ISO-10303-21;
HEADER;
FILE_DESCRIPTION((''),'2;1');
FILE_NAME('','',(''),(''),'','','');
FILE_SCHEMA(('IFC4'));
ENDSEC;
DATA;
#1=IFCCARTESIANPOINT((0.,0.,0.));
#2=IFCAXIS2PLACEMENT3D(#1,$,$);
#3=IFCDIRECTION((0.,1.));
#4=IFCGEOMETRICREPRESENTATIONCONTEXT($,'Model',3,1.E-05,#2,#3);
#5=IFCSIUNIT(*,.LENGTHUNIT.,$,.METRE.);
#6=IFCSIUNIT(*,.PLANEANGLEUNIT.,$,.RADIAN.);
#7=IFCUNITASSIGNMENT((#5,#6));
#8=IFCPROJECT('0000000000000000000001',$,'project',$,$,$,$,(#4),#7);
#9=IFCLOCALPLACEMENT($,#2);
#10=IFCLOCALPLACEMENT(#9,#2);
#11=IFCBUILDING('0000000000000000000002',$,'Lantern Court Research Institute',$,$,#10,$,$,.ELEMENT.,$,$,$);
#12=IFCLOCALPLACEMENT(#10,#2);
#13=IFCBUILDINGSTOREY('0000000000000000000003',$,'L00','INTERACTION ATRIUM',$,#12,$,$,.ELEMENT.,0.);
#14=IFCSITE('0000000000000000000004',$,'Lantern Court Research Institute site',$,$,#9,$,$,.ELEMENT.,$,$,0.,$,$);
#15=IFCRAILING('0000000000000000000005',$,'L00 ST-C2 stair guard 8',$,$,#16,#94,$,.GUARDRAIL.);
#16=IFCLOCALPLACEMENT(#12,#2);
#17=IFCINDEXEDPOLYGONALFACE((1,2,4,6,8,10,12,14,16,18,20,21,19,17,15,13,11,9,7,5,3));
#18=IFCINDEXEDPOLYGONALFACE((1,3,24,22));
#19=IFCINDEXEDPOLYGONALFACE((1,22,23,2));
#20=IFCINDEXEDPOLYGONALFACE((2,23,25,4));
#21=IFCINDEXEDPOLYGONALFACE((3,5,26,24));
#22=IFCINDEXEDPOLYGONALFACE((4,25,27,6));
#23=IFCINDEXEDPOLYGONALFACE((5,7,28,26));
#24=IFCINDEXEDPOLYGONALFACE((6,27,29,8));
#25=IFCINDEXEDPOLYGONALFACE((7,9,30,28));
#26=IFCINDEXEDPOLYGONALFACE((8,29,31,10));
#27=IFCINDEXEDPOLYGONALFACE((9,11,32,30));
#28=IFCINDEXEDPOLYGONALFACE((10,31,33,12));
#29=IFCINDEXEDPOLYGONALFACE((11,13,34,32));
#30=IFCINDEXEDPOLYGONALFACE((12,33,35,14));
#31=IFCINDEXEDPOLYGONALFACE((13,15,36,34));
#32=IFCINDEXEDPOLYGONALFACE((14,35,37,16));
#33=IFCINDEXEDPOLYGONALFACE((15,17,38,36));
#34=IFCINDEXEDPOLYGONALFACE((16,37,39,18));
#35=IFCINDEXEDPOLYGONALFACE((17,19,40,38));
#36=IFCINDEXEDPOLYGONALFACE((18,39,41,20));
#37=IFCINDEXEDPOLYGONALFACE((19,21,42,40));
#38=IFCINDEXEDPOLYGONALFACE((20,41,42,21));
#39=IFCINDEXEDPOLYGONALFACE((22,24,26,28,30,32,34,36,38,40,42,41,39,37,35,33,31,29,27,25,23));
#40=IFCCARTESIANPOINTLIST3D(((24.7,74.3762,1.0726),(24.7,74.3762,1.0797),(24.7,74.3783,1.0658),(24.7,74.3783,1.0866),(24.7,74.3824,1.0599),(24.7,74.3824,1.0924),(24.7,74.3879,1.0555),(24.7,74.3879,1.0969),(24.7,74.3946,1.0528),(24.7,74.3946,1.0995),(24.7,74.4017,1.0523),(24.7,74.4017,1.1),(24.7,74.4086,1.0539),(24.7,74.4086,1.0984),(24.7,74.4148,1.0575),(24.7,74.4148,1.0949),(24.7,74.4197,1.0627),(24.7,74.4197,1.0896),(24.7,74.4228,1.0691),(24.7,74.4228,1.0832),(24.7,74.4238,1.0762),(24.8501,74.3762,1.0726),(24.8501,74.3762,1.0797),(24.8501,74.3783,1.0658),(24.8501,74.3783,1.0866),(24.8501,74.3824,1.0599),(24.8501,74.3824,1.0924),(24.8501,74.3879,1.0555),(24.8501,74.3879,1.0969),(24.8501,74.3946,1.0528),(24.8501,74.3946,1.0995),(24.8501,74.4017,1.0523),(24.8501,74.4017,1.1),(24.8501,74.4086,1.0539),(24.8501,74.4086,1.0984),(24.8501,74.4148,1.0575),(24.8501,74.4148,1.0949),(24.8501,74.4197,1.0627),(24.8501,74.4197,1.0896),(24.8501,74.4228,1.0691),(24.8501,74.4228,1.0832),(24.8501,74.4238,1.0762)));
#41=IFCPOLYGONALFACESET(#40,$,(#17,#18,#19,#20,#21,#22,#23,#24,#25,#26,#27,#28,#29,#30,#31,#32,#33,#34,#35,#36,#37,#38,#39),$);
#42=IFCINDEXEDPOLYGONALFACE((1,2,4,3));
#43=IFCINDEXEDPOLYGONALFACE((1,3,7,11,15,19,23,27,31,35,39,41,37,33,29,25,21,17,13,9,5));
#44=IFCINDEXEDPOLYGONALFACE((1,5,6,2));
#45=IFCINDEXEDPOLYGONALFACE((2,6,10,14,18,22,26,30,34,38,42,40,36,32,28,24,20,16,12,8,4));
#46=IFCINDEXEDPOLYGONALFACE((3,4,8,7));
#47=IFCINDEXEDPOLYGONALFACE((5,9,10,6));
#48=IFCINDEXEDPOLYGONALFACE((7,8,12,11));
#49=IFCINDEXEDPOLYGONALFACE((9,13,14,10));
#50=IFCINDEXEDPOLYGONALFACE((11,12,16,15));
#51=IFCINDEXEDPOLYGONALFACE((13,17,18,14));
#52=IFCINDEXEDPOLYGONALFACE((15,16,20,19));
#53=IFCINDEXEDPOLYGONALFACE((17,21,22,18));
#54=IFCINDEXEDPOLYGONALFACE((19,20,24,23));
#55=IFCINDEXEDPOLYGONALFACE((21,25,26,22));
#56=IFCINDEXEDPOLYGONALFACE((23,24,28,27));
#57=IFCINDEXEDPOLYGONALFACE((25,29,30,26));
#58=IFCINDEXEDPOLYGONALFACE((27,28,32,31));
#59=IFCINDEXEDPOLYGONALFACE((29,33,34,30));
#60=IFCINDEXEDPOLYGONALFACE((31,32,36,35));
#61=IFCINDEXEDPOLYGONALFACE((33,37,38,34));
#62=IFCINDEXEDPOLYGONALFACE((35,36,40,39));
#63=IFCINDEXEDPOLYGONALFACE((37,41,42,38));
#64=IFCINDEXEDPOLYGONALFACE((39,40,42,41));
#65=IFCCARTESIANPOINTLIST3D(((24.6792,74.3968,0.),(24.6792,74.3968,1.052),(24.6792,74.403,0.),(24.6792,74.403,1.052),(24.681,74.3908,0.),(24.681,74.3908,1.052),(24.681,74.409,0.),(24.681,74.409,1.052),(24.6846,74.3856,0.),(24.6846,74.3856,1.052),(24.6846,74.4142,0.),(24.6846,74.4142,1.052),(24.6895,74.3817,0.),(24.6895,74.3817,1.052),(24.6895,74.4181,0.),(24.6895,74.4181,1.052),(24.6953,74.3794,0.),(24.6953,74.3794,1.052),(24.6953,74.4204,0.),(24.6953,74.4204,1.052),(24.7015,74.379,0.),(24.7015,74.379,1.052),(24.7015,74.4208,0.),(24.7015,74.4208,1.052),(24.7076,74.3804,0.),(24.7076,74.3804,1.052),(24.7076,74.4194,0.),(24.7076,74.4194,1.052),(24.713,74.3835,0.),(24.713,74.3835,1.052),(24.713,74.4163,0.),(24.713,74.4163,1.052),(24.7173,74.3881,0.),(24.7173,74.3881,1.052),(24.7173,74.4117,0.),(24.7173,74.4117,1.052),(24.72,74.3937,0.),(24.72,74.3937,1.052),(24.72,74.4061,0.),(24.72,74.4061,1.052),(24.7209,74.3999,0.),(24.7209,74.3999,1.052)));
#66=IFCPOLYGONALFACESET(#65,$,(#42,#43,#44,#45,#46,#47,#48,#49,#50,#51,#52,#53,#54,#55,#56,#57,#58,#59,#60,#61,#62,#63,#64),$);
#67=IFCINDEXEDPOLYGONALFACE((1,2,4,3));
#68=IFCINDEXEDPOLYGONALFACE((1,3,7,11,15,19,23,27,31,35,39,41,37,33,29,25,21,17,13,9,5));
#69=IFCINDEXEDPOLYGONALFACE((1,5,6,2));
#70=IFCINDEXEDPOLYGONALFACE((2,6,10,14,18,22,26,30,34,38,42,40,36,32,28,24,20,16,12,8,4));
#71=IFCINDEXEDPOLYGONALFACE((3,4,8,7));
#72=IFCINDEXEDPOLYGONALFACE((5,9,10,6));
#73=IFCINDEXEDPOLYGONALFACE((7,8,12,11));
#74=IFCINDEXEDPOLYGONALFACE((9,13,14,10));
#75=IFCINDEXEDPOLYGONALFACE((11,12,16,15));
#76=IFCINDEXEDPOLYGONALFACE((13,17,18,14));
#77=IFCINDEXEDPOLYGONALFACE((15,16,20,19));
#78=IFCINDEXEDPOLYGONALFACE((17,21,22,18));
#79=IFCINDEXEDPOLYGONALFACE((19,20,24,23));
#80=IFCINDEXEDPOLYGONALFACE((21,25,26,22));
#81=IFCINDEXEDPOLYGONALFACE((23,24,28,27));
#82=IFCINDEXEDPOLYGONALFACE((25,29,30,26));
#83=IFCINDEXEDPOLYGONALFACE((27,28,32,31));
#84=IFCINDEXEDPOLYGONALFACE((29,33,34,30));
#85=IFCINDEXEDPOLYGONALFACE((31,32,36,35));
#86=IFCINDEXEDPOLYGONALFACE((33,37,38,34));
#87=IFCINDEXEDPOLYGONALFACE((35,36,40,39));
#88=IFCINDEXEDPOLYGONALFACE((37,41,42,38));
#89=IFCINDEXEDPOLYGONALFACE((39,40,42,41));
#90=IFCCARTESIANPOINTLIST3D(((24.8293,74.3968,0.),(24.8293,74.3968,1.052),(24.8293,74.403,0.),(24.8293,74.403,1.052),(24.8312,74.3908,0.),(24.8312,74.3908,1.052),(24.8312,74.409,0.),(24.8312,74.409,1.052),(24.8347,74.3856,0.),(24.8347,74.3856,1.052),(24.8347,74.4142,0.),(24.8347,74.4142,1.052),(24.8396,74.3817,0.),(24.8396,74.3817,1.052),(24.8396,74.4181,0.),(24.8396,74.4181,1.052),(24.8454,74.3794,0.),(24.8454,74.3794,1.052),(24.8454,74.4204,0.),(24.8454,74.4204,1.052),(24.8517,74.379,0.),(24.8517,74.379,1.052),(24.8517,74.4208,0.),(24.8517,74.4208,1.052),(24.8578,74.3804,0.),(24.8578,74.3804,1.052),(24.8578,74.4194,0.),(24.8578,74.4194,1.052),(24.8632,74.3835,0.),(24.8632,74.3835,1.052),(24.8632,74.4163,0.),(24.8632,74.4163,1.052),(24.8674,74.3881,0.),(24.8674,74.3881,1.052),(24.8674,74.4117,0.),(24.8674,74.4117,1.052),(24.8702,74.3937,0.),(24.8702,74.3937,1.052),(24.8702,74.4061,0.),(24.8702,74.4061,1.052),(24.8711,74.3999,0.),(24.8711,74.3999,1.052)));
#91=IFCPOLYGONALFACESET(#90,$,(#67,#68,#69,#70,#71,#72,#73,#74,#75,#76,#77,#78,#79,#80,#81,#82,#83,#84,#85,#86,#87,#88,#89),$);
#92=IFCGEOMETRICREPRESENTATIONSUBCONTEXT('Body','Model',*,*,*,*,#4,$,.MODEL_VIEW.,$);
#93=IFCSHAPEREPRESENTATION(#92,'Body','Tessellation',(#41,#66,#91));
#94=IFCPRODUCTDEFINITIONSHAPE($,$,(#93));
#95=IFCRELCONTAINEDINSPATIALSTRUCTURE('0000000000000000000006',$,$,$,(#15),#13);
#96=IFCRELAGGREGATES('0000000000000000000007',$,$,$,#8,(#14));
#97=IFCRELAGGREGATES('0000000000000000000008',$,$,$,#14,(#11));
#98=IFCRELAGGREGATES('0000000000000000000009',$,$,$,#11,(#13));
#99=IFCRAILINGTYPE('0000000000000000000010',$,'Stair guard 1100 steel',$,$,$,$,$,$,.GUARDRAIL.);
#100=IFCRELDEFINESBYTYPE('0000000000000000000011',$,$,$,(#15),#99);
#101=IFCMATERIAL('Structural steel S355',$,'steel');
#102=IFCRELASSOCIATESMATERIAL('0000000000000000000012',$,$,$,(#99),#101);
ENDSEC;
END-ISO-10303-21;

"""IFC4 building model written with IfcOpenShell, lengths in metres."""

from ifc_helpers import new_model, si_unit, direction, frame, origin, origin_2d, place, context, subcontext, project, spatial, circle, extrude, material, type_object, element, save


model = new_model("IFC4")

# Units and contexts
model_context = context("Model", 3, precision=1e-05, world=origin(), true_north=direction((0.0, 1.0)))
body_context = subcontext(model_context, "Body", "Model", "MODEL_VIEW")
ifc_project = project(units=[si_unit("LENGTHUNIT", "METRE"), si_unit("PLANEANGLEUNIT", "RADIAN")], contexts=[model_context])

# Site, building, storey
site_placement = place(None, origin())
site = spatial("IfcSite", under=ifc_project, at=site_placement, Name="Lantern Court Research Institute site", CompositionType="ELEMENT", RefElevation=0.0)
building_placement = place(site_placement, origin())
building = spatial("IfcBuilding", under=site, at=building_placement, Name="Lantern Court Research Institute", CompositionType="ELEMENT")
storey_placement = place(building_placement, origin())
storey = spatial("IfcBuildingStorey", under=building, at=storey_placement, Name="L00", Description="INTERACTION ATRIUM", CompositionType="ELEMENT", Elevation=0.0)

# Railing
ifc_material_1 = material(Name="Structural steel S355", Category="steel")
railing_type_1 = type_object("IfcRailingType", Name="Stair guard 1100 steel", PredefinedType="GUARDRAIL", material=ifc_material_1)
railing_1_placement = place(storey_placement, frame((24.7, 74.3999, 0.0)))
element("IfcRailing", 1, at=railing_1_placement, inside=storey, type_object=railing_type_1, Name="L00 ST-C2 stair guard 8", PredefinedType="GUARDRAIL", context=body_context, shape_type="SweptSolid", body=[
    extrude(circle(Radius=0.0239, at=origin_2d()), frame((0.0, 0.0, 1.0762), z_axis=(1.0, 0.0, 0.0), x_axis=(0.0, 1.0, 0.0)), (0.0, 0.0, 1.0), 0.1501),
    extrude(circle(Radius=0.021, at=origin_2d()), origin(), (0.0, 0.0, 1.0), 1.052),
    extrude(circle(Radius=0.021, at=origin_2d()), frame((0.1501, 0.0, 0.0)), (0.0, 0.0, 1.0), 1.052),
])

save(model, "model.ifc")
